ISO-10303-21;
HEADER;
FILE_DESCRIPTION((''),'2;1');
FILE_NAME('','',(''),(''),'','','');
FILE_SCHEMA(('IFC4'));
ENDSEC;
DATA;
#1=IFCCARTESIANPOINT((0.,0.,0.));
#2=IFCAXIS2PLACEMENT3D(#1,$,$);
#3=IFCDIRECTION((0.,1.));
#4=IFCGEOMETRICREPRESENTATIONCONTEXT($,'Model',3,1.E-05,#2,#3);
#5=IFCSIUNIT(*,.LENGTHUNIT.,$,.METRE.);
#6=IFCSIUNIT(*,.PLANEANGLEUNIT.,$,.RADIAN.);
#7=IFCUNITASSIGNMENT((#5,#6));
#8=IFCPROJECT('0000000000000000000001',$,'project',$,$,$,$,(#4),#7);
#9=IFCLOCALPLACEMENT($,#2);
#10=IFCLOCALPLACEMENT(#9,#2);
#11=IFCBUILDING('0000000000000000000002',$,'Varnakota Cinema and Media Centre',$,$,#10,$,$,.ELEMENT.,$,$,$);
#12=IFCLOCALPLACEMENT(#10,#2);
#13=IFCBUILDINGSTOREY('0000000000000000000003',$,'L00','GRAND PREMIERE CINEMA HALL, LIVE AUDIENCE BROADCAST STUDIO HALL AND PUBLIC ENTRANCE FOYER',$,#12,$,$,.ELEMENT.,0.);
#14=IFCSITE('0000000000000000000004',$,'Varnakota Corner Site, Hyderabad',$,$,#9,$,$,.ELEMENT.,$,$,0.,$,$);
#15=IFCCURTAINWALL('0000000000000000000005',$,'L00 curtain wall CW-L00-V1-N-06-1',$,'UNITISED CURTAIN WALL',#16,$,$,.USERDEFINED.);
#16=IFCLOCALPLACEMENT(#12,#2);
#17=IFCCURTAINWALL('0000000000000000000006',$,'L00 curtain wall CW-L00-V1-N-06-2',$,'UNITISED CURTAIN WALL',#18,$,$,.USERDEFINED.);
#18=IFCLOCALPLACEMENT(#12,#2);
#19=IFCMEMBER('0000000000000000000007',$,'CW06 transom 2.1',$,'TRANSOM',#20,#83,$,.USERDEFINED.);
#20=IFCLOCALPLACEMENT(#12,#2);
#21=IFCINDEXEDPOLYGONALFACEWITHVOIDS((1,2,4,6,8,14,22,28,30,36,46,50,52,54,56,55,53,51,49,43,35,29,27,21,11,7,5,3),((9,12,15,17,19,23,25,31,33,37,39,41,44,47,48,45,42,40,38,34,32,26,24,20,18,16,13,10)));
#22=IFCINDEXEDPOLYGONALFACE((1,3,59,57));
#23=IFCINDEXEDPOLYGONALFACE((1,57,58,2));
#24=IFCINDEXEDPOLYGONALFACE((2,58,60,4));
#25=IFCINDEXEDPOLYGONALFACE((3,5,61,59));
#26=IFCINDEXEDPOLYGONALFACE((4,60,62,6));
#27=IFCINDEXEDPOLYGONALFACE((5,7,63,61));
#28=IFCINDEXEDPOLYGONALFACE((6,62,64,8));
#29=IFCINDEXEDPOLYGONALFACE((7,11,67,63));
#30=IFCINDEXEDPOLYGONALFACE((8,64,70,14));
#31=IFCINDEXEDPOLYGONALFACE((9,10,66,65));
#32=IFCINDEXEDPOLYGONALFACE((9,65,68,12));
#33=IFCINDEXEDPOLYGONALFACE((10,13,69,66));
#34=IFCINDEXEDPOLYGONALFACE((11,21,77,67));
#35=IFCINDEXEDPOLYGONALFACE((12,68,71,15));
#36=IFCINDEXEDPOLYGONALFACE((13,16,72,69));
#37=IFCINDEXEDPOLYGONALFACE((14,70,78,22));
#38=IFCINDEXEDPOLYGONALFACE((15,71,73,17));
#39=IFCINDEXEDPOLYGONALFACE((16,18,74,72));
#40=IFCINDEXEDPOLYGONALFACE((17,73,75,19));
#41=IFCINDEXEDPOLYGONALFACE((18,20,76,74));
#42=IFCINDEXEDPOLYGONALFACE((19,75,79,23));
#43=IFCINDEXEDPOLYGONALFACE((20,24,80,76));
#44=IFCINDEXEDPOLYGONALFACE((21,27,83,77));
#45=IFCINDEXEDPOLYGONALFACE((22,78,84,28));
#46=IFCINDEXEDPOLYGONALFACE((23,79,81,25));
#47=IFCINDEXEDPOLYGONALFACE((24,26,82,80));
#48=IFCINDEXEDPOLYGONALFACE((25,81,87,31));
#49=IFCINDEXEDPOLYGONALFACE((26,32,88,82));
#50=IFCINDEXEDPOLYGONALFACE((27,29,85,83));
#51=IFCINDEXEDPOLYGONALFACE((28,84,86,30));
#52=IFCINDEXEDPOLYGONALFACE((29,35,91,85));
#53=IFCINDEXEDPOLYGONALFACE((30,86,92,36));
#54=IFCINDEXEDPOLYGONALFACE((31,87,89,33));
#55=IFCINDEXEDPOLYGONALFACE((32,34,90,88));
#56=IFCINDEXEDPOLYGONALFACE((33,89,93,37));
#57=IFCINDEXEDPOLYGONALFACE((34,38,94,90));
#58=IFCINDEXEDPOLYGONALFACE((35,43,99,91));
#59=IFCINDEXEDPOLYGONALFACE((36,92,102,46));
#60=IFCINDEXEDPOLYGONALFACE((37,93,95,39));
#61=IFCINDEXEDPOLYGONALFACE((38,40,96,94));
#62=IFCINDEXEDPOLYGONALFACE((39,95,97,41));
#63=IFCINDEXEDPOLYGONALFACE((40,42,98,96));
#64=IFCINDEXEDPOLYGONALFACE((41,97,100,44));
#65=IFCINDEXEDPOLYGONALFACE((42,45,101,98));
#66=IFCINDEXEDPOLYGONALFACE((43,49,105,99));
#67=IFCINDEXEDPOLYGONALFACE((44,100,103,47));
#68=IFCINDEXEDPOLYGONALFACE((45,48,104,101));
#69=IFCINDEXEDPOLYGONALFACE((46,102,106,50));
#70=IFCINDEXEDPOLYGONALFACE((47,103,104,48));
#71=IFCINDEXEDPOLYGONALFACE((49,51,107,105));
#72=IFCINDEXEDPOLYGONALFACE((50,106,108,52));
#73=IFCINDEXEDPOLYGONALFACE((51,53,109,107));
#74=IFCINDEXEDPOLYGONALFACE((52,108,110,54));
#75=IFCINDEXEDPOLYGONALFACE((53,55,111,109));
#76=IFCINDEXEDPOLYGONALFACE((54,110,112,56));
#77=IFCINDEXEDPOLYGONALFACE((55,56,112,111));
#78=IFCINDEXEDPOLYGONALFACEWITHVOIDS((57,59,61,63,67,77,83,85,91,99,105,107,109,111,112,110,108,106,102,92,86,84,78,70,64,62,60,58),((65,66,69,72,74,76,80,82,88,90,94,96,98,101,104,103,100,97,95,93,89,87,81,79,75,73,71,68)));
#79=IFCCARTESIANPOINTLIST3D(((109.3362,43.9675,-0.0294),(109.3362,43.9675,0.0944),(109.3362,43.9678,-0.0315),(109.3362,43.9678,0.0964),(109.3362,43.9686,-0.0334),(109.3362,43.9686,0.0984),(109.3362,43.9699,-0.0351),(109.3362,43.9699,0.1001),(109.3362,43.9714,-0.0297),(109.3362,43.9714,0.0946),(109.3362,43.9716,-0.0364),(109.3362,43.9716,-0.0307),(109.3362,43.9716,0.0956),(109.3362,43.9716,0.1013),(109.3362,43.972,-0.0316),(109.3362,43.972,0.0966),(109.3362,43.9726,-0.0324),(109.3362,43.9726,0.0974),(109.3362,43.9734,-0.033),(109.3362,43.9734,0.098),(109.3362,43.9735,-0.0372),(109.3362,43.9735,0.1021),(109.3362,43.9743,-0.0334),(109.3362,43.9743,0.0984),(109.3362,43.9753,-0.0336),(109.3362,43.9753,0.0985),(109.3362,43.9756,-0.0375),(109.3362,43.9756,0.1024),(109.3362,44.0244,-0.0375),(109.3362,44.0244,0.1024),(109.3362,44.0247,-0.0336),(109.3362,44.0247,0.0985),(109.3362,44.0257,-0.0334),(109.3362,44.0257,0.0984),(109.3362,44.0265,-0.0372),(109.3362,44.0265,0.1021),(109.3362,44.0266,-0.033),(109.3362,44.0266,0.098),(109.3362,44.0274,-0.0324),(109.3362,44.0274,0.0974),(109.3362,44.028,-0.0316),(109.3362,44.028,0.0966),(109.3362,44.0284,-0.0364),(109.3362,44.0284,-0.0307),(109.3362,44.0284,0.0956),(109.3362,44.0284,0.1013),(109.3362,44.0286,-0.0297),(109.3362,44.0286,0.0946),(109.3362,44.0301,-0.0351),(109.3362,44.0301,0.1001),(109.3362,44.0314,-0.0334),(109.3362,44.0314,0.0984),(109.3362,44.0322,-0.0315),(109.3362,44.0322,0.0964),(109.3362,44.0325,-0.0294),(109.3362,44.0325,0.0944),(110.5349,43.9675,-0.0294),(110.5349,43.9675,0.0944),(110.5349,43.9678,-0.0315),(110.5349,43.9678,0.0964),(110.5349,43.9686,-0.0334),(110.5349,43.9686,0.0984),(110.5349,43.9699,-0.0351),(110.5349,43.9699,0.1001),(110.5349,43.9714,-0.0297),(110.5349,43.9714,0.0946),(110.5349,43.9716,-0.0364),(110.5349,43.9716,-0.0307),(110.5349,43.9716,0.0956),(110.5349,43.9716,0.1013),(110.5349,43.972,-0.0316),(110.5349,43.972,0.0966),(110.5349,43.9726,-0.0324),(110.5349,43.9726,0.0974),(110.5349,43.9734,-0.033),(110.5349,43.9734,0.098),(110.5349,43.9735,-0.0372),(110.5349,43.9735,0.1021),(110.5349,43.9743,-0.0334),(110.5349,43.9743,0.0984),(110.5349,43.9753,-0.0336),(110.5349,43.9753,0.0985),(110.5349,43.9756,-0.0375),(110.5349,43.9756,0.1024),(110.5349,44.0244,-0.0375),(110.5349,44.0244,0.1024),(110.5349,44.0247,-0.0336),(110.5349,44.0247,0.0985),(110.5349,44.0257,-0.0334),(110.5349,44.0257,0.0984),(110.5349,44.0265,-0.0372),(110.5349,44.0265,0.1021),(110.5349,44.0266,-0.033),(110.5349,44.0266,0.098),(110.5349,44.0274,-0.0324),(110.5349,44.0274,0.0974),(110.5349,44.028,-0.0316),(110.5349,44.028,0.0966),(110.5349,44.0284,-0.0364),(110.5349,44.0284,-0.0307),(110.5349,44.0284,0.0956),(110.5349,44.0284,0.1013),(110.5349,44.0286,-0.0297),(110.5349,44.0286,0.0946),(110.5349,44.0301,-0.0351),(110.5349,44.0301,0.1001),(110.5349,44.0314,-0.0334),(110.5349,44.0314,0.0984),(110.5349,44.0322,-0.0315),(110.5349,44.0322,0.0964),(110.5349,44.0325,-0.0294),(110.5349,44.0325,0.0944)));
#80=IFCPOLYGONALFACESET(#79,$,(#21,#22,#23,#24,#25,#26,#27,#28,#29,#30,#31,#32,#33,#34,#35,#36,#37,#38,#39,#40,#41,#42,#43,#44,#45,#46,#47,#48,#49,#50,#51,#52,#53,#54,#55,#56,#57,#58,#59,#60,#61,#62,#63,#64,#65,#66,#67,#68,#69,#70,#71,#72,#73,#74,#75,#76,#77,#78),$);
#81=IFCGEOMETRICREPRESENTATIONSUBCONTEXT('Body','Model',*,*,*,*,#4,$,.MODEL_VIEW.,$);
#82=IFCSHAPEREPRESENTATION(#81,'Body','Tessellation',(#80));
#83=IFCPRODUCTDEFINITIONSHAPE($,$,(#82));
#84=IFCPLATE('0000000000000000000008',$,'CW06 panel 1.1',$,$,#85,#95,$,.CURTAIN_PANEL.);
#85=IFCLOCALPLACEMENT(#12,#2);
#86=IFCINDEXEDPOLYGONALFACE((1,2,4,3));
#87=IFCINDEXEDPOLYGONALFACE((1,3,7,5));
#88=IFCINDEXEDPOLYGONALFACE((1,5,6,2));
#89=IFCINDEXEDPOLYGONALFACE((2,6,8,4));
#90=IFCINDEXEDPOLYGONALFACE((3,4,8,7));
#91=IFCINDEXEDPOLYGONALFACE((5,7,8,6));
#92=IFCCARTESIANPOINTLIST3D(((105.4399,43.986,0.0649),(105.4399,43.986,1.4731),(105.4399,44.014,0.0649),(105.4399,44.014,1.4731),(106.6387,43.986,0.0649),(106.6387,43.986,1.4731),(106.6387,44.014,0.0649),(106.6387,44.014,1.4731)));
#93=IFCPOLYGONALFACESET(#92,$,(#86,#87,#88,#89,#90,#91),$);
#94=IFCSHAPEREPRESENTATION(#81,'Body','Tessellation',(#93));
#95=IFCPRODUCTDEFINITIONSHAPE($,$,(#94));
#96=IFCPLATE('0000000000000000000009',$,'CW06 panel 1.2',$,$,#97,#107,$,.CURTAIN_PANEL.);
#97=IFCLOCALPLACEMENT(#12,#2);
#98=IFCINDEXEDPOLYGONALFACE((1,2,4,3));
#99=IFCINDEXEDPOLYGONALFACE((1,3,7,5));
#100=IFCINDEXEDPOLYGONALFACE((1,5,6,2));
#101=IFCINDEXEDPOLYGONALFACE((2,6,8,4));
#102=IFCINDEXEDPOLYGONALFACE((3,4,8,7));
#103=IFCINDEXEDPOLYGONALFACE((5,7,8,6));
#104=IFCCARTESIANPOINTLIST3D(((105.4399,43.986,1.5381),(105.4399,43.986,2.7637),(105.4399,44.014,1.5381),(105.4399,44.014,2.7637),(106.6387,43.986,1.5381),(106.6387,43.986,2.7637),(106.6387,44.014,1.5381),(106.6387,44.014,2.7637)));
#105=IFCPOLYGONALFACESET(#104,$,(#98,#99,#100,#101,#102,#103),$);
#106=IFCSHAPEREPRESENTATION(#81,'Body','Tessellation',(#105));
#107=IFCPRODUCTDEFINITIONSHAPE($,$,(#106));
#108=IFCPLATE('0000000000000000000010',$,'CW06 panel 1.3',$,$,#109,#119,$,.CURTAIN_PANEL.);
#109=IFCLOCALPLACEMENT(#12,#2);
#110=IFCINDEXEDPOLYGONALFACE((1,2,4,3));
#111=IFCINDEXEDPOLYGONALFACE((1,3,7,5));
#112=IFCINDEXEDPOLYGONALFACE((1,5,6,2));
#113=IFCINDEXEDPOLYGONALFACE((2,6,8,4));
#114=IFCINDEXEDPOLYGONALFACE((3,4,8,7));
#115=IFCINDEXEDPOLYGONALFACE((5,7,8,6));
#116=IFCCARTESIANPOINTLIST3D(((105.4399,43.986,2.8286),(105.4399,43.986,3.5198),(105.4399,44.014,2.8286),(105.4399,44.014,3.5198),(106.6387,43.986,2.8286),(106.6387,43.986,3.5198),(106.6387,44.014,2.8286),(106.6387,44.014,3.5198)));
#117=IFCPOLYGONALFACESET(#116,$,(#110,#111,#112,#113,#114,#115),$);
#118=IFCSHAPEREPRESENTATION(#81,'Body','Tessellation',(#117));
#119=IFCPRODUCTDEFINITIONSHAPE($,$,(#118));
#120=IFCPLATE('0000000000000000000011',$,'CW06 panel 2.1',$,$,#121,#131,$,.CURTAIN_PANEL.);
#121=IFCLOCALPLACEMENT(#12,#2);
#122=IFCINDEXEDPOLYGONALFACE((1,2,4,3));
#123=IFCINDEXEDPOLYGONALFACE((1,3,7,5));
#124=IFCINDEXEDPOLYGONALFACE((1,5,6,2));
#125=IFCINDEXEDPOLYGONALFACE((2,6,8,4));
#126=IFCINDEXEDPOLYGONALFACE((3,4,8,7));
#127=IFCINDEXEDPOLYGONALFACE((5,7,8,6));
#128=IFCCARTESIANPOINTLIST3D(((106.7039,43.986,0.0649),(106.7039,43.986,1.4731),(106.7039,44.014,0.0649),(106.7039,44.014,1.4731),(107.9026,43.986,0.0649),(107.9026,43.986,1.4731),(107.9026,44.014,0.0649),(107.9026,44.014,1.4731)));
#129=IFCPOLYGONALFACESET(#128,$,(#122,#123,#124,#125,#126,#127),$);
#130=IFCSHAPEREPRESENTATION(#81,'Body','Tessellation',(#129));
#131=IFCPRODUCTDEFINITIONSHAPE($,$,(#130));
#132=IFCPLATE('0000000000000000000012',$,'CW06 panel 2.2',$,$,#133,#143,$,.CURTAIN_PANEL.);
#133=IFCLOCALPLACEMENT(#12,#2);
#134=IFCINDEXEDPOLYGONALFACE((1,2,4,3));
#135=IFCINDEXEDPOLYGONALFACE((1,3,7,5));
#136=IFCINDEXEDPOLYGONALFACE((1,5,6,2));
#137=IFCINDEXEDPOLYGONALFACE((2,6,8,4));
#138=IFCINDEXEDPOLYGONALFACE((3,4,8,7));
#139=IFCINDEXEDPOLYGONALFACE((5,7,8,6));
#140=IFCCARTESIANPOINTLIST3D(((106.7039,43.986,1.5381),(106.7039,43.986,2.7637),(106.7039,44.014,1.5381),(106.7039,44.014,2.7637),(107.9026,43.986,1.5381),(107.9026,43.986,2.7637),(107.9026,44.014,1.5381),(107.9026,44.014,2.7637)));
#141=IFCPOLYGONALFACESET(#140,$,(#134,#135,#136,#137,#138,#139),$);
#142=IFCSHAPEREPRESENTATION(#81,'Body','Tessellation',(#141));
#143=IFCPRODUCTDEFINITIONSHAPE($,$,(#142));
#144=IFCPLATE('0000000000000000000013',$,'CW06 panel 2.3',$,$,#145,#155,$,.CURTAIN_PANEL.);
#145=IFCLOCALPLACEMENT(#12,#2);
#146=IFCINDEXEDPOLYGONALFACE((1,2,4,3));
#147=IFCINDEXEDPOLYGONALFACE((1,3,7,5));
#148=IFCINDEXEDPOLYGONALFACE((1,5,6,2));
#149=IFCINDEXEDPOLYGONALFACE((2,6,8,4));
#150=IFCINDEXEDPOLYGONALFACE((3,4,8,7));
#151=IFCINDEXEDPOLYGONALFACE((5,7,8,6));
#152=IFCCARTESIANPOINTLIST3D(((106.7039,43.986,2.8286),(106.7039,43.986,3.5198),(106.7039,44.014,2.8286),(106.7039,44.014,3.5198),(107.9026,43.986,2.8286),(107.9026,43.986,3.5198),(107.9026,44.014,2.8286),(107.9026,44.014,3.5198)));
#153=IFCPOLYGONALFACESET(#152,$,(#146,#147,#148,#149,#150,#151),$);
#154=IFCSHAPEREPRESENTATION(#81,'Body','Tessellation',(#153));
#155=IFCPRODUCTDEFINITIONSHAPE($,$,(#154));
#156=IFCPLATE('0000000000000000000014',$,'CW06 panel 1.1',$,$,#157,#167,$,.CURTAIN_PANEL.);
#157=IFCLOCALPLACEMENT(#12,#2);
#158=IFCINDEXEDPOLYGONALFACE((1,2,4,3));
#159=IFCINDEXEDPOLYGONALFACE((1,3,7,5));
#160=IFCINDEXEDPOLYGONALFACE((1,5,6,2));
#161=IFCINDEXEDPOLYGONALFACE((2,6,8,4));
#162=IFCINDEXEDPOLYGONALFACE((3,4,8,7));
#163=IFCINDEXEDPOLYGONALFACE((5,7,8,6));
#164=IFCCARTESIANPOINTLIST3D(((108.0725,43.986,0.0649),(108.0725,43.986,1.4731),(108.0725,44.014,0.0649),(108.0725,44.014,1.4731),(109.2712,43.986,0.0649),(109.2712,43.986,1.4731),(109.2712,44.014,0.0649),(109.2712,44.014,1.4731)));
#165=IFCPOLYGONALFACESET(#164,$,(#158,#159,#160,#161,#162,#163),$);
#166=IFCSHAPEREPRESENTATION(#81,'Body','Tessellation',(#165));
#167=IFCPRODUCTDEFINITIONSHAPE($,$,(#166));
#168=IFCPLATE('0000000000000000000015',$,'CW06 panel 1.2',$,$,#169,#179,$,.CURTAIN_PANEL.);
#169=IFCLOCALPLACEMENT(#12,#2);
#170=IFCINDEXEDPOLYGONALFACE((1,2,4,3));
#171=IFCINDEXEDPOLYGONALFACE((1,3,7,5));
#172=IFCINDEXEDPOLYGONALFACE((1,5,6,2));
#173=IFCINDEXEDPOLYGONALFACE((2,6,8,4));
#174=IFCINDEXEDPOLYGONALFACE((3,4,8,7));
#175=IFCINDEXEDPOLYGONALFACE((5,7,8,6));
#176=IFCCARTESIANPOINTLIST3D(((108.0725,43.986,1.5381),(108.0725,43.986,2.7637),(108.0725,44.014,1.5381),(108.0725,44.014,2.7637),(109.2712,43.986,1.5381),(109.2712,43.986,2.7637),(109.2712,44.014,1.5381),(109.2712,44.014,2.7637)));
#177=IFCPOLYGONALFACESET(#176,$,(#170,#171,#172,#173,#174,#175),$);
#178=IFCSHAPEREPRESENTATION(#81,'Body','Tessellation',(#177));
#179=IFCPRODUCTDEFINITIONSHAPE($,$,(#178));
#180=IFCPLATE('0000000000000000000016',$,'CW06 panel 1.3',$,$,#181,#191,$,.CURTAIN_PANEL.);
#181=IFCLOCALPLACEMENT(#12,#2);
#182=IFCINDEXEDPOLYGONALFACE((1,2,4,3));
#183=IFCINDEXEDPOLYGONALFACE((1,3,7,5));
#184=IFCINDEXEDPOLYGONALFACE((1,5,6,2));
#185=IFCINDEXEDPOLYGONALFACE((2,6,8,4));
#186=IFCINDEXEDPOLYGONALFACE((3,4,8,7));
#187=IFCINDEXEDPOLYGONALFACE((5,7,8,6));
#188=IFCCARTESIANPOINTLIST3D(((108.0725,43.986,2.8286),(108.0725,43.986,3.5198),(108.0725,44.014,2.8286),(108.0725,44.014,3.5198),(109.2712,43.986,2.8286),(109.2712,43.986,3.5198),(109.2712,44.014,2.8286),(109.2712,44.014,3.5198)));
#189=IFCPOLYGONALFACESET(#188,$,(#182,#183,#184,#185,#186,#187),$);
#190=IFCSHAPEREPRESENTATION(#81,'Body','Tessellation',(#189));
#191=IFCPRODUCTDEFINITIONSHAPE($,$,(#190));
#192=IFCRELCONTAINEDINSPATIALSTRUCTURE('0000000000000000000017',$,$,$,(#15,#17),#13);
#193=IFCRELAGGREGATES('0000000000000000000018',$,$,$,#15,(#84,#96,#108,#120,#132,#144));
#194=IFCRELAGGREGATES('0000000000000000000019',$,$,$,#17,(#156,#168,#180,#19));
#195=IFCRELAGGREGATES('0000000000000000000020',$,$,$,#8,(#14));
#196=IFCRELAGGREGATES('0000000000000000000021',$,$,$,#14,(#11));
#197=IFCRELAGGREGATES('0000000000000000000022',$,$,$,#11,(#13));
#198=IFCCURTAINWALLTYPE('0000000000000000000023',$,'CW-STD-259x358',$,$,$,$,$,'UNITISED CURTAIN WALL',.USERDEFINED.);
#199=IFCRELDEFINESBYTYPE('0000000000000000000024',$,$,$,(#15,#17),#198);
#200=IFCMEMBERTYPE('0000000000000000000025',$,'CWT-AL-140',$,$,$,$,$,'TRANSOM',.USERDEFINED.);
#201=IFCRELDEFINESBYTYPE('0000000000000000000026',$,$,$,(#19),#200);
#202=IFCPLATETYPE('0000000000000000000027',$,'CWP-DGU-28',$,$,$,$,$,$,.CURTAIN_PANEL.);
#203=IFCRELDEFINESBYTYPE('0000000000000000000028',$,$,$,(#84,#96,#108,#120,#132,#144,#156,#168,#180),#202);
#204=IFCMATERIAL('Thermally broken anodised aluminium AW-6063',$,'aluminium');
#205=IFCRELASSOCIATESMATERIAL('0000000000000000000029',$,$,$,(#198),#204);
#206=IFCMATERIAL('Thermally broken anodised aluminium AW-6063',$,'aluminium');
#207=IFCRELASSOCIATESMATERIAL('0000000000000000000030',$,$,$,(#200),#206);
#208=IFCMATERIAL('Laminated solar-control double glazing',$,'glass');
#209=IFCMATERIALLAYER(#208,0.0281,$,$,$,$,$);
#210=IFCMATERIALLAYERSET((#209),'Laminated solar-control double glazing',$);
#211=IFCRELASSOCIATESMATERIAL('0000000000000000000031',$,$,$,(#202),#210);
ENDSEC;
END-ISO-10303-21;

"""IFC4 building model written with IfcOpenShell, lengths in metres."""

from ifc_helpers import new_model, si_unit, direction, frame, origin, origin_2d, place, context, subcontext, project, spatial, rectangle, hollow_rectangle, extrude, material, layer, layer_set, material_profile, profile_set, type_object, element, aggregate, save


model = new_model("IFC4")

# Units and contexts
model_context = context("Model", 3, precision=1e-05, world=origin(), true_north=direction((0.0, 1.0)))
body_context = subcontext(model_context, "Body", "Model", "MODEL_VIEW")
ifc_project = project(units=[si_unit("LENGTHUNIT", "METRE"), si_unit("PLANEANGLEUNIT", "RADIAN")], contexts=[model_context])

# Site, building, storey
site_placement = place(None, origin())
site = spatial("IfcSite", under=ifc_project, at=site_placement, Name="Varnakota Corner Site, Hyderabad", CompositionType="ELEMENT", RefElevation=0.0)
building_placement = place(site_placement, origin())
building = spatial("IfcBuilding", under=site, at=building_placement, Name="Varnakota Cinema and Media Centre", CompositionType="ELEMENT")
storey_placement = place(building_placement, origin())
storey = spatial("IfcBuildingStorey", under=building, at=storey_placement, Name="L00", Description="GRAND PREMIERE CINEMA HALL, LIVE AUDIENCE BROADCAST STUDIO HALL AND PUBLIC ENTRANCE FOYER", CompositionType="ELEMENT", Elevation=0.0)

# Shared definitions
ifc_material_1 = material(Name="Thermally broken anodised aluminium AW-6063", Category="aluminium")
curtain_wall_type = type_object("IfcCurtainWallType", Name="CW-STD-259x358", ElementType="UNITISED CURTAIN WALL", PredefinedType="USERDEFINED", material=ifc_material_1)

# Curtain walls
curtain_wall_1_placement = place(storey_placement, origin())
curtain_wall_1 = element("IfcCurtainWall", 1, at=curtain_wall_1_placement, inside=storey, type_object=curtain_wall_type, Name="L00 curtain wall CW-L00-V1-N-06-1", ObjectType="UNITISED CURTAIN WALL", PredefinedType="USERDEFINED")
curtain_wall_2_placement = place(storey_placement, origin())
curtain_wall_2 = element("IfcCurtainWall", 2, at=curtain_wall_2_placement, inside=storey, type_object=curtain_wall_type, Name="L00 curtain wall CW-L00-V1-N-06-2", ObjectType="UNITISED CURTAIN WALL", PredefinedType="USERDEFINED")

# Member
ifc_material_2 = material(Name="Thermally broken anodised aluminium AW-6063", Category="aluminium")
ifc_material_profile_1 = material_profile(ifc_material_2, hollow_rectangle(XDim=0.0649, YDim=0.1399, WallThickness=0.0039, InnerFilletRadius=0.0039, OuterFilletRadius=0.0081, at=origin_2d()), Name="AL-TRANSOM 140x65x4")
ifc_profile_set_1 = profile_set([ifc_material_profile_1], Name="Thermally broken anodised aluminium AW-6063")
member_type_1 = type_object("IfcMemberType", Name="CWT-AL-140", ElementType="TRANSOM", PredefinedType="USERDEFINED", material=ifc_profile_set_1)
member_1_placement = place(storey_placement, frame((109.3362, 44.0, 0.0325), z_axis=(1.0, 0.0, 0.0), x_axis=(0.0, 1.0, 0.0)))
member_1 = element("IfcMember", 3, at=member_1_placement, type_object=member_type_1, Name="CW06 transom 2.1", ObjectType="TRANSOM", PredefinedType="USERDEFINED", context=body_context, shape_type="SweptSolid", body=[
    extrude(hollow_rectangle(XDim=0.0649, YDim=0.1399, WallThickness=0.0039, InnerFilletRadius=0.0039, OuterFilletRadius=0.0081, at=origin_2d()), origin(), (0.0, 0.0, 1.0), 1.1987),
])

# Plates
ifc_material_3 = material(Name="Laminated solar-control double glazing", Category="glass")
ifc_layer = layer(ifc_material_3, 0.0281)
ifc_layer_set = layer_set([ifc_layer], Name="Laminated solar-control double glazing")
plate_type = type_object("IfcPlateType", Name="CWP-DGU-28", PredefinedType="CURTAIN_PANEL", material=ifc_layer_set)
plate_1_placement = place(storey_placement, frame((106.0393, 44.0, 0.0649), z_axis=(0.0, 0.0, 1.0), x_axis=(1.0, 0.0, 0.0)))
plate_1 = element("IfcPlate", 4, at=plate_1_placement, type_object=plate_type, Name="CW06 panel 1.1", PredefinedType="CURTAIN_PANEL", context=body_context, shape_type="SweptSolid", body=[
    extrude(rectangle(XDim=1.1987, YDim=0.0281, at=origin_2d()), origin(), (0.0, 0.0, 1.0), 1.4082),
])
plate_2_placement = place(storey_placement, frame((106.0393, 44.0, 1.5381), z_axis=(0.0, 0.0, 1.0), x_axis=(1.0, 0.0, 0.0)))
plate_2 = element("IfcPlate", 5, at=plate_2_placement, type_object=plate_type, Name="CW06 panel 1.2", PredefinedType="CURTAIN_PANEL", context=body_context, shape_type="SweptSolid", body=[
    extrude(rectangle(XDim=1.1987, YDim=0.0281, at=origin_2d()), origin(), (0.0, 0.0, 1.0), 1.2256),
])
plate_3_placement = place(storey_placement, frame((106.0393, 44.0, 2.8286), z_axis=(0.0, 0.0, 1.0), x_axis=(1.0, 0.0, 0.0)))
plate_3 = element("IfcPlate", 6, at=plate_3_placement, type_object=plate_type, Name="CW06 panel 1.3", PredefinedType="CURTAIN_PANEL", context=body_context, shape_type="SweptSolid", body=[
    extrude(rectangle(XDim=1.1987, YDim=0.0281, at=origin_2d()), origin(), (0.0, 0.0, 1.0), 0.6912),
])
plate_4_placement = place(storey_placement, frame((107.3032, 44.0, 0.0649), z_axis=(0.0, 0.0, 1.0), x_axis=(1.0, 0.0, 0.0)))
plate_4 = element("IfcPlate", 7, at=plate_4_placement, type_object=plate_type, Name="CW06 panel 2.1", PredefinedType="CURTAIN_PANEL", context=body_context, shape_type="SweptSolid", body=[
    extrude(rectangle(XDim=1.1987, YDim=0.0281, at=origin_2d()), origin(), (0.0, 0.0, 1.0), 1.4082),
])
plate_5_placement = place(storey_placement, frame((107.3032, 44.0, 1.5381), z_axis=(0.0, 0.0, 1.0), x_axis=(1.0, 0.0, 0.0)))
plate_5 = element("IfcPlate", 8, at=plate_5_placement, type_object=plate_type, Name="CW06 panel 2.2", PredefinedType="CURTAIN_PANEL", context=body_context, shape_type="SweptSolid", body=[
    extrude(rectangle(XDim=1.1987, YDim=0.0281, at=origin_2d()), origin(), (0.0, 0.0, 1.0), 1.2256),
])
plate_6_placement = place(storey_placement, frame((107.3032, 44.0, 2.8286), z_axis=(0.0, 0.0, 1.0), x_axis=(1.0, 0.0, 0.0)))
plate_6 = element("IfcPlate", 9, at=plate_6_placement, type_object=plate_type, Name="CW06 panel 2.3", PredefinedType="CURTAIN_PANEL", context=body_context, shape_type="SweptSolid", body=[
    extrude(rectangle(XDim=1.1987, YDim=0.0281, at=origin_2d()), origin(), (0.0, 0.0, 1.0), 0.6912),
])
aggregate(curtain_wall_1, [plate_1, plate_2, plate_3, plate_4, plate_5, plate_6])
plate_7_placement = place(storey_placement, frame((108.6719, 44.0, 0.0649), z_axis=(0.0, 0.0, 1.0), x_axis=(1.0, 0.0, 0.0)))
plate_7 = element("IfcPlate", 10, at=plate_7_placement, type_object=plate_type, Name="CW06 panel 1.1", PredefinedType="CURTAIN_PANEL", context=body_context, shape_type="SweptSolid", body=[
    extrude(rectangle(XDim=1.1987, YDim=0.0281, at=origin_2d()), origin(), (0.0, 0.0, 1.0), 1.4082),
])
plate_8_placement = place(storey_placement, frame((108.6719, 44.0, 1.5381), z_axis=(0.0, 0.0, 1.0), x_axis=(1.0, 0.0, 0.0)))
plate_8 = element("IfcPlate", 11, at=plate_8_placement, type_object=plate_type, Name="CW06 panel 1.2", PredefinedType="CURTAIN_PANEL", context=body_context, shape_type="SweptSolid", body=[
    extrude(rectangle(XDim=1.1987, YDim=0.0281, at=origin_2d()), origin(), (0.0, 0.0, 1.0), 1.2256),
])
plate_9_placement = place(storey_placement, frame((108.6719, 44.0, 2.8286), z_axis=(0.0, 0.0, 1.0), x_axis=(1.0, 0.0, 0.0)))
plate_9 = element("IfcPlate", 12, at=plate_9_placement, type_object=plate_type, Name="CW06 panel 1.3", PredefinedType="CURTAIN_PANEL", context=body_context, shape_type="SweptSolid", body=[
    extrude(rectangle(XDim=1.1987, YDim=0.0281, at=origin_2d()), origin(), (0.0, 0.0, 1.0), 0.6912),
])
aggregate(curtain_wall_2, [plate_7, plate_8, plate_9, member_1])

save(model, "model.ifc")
